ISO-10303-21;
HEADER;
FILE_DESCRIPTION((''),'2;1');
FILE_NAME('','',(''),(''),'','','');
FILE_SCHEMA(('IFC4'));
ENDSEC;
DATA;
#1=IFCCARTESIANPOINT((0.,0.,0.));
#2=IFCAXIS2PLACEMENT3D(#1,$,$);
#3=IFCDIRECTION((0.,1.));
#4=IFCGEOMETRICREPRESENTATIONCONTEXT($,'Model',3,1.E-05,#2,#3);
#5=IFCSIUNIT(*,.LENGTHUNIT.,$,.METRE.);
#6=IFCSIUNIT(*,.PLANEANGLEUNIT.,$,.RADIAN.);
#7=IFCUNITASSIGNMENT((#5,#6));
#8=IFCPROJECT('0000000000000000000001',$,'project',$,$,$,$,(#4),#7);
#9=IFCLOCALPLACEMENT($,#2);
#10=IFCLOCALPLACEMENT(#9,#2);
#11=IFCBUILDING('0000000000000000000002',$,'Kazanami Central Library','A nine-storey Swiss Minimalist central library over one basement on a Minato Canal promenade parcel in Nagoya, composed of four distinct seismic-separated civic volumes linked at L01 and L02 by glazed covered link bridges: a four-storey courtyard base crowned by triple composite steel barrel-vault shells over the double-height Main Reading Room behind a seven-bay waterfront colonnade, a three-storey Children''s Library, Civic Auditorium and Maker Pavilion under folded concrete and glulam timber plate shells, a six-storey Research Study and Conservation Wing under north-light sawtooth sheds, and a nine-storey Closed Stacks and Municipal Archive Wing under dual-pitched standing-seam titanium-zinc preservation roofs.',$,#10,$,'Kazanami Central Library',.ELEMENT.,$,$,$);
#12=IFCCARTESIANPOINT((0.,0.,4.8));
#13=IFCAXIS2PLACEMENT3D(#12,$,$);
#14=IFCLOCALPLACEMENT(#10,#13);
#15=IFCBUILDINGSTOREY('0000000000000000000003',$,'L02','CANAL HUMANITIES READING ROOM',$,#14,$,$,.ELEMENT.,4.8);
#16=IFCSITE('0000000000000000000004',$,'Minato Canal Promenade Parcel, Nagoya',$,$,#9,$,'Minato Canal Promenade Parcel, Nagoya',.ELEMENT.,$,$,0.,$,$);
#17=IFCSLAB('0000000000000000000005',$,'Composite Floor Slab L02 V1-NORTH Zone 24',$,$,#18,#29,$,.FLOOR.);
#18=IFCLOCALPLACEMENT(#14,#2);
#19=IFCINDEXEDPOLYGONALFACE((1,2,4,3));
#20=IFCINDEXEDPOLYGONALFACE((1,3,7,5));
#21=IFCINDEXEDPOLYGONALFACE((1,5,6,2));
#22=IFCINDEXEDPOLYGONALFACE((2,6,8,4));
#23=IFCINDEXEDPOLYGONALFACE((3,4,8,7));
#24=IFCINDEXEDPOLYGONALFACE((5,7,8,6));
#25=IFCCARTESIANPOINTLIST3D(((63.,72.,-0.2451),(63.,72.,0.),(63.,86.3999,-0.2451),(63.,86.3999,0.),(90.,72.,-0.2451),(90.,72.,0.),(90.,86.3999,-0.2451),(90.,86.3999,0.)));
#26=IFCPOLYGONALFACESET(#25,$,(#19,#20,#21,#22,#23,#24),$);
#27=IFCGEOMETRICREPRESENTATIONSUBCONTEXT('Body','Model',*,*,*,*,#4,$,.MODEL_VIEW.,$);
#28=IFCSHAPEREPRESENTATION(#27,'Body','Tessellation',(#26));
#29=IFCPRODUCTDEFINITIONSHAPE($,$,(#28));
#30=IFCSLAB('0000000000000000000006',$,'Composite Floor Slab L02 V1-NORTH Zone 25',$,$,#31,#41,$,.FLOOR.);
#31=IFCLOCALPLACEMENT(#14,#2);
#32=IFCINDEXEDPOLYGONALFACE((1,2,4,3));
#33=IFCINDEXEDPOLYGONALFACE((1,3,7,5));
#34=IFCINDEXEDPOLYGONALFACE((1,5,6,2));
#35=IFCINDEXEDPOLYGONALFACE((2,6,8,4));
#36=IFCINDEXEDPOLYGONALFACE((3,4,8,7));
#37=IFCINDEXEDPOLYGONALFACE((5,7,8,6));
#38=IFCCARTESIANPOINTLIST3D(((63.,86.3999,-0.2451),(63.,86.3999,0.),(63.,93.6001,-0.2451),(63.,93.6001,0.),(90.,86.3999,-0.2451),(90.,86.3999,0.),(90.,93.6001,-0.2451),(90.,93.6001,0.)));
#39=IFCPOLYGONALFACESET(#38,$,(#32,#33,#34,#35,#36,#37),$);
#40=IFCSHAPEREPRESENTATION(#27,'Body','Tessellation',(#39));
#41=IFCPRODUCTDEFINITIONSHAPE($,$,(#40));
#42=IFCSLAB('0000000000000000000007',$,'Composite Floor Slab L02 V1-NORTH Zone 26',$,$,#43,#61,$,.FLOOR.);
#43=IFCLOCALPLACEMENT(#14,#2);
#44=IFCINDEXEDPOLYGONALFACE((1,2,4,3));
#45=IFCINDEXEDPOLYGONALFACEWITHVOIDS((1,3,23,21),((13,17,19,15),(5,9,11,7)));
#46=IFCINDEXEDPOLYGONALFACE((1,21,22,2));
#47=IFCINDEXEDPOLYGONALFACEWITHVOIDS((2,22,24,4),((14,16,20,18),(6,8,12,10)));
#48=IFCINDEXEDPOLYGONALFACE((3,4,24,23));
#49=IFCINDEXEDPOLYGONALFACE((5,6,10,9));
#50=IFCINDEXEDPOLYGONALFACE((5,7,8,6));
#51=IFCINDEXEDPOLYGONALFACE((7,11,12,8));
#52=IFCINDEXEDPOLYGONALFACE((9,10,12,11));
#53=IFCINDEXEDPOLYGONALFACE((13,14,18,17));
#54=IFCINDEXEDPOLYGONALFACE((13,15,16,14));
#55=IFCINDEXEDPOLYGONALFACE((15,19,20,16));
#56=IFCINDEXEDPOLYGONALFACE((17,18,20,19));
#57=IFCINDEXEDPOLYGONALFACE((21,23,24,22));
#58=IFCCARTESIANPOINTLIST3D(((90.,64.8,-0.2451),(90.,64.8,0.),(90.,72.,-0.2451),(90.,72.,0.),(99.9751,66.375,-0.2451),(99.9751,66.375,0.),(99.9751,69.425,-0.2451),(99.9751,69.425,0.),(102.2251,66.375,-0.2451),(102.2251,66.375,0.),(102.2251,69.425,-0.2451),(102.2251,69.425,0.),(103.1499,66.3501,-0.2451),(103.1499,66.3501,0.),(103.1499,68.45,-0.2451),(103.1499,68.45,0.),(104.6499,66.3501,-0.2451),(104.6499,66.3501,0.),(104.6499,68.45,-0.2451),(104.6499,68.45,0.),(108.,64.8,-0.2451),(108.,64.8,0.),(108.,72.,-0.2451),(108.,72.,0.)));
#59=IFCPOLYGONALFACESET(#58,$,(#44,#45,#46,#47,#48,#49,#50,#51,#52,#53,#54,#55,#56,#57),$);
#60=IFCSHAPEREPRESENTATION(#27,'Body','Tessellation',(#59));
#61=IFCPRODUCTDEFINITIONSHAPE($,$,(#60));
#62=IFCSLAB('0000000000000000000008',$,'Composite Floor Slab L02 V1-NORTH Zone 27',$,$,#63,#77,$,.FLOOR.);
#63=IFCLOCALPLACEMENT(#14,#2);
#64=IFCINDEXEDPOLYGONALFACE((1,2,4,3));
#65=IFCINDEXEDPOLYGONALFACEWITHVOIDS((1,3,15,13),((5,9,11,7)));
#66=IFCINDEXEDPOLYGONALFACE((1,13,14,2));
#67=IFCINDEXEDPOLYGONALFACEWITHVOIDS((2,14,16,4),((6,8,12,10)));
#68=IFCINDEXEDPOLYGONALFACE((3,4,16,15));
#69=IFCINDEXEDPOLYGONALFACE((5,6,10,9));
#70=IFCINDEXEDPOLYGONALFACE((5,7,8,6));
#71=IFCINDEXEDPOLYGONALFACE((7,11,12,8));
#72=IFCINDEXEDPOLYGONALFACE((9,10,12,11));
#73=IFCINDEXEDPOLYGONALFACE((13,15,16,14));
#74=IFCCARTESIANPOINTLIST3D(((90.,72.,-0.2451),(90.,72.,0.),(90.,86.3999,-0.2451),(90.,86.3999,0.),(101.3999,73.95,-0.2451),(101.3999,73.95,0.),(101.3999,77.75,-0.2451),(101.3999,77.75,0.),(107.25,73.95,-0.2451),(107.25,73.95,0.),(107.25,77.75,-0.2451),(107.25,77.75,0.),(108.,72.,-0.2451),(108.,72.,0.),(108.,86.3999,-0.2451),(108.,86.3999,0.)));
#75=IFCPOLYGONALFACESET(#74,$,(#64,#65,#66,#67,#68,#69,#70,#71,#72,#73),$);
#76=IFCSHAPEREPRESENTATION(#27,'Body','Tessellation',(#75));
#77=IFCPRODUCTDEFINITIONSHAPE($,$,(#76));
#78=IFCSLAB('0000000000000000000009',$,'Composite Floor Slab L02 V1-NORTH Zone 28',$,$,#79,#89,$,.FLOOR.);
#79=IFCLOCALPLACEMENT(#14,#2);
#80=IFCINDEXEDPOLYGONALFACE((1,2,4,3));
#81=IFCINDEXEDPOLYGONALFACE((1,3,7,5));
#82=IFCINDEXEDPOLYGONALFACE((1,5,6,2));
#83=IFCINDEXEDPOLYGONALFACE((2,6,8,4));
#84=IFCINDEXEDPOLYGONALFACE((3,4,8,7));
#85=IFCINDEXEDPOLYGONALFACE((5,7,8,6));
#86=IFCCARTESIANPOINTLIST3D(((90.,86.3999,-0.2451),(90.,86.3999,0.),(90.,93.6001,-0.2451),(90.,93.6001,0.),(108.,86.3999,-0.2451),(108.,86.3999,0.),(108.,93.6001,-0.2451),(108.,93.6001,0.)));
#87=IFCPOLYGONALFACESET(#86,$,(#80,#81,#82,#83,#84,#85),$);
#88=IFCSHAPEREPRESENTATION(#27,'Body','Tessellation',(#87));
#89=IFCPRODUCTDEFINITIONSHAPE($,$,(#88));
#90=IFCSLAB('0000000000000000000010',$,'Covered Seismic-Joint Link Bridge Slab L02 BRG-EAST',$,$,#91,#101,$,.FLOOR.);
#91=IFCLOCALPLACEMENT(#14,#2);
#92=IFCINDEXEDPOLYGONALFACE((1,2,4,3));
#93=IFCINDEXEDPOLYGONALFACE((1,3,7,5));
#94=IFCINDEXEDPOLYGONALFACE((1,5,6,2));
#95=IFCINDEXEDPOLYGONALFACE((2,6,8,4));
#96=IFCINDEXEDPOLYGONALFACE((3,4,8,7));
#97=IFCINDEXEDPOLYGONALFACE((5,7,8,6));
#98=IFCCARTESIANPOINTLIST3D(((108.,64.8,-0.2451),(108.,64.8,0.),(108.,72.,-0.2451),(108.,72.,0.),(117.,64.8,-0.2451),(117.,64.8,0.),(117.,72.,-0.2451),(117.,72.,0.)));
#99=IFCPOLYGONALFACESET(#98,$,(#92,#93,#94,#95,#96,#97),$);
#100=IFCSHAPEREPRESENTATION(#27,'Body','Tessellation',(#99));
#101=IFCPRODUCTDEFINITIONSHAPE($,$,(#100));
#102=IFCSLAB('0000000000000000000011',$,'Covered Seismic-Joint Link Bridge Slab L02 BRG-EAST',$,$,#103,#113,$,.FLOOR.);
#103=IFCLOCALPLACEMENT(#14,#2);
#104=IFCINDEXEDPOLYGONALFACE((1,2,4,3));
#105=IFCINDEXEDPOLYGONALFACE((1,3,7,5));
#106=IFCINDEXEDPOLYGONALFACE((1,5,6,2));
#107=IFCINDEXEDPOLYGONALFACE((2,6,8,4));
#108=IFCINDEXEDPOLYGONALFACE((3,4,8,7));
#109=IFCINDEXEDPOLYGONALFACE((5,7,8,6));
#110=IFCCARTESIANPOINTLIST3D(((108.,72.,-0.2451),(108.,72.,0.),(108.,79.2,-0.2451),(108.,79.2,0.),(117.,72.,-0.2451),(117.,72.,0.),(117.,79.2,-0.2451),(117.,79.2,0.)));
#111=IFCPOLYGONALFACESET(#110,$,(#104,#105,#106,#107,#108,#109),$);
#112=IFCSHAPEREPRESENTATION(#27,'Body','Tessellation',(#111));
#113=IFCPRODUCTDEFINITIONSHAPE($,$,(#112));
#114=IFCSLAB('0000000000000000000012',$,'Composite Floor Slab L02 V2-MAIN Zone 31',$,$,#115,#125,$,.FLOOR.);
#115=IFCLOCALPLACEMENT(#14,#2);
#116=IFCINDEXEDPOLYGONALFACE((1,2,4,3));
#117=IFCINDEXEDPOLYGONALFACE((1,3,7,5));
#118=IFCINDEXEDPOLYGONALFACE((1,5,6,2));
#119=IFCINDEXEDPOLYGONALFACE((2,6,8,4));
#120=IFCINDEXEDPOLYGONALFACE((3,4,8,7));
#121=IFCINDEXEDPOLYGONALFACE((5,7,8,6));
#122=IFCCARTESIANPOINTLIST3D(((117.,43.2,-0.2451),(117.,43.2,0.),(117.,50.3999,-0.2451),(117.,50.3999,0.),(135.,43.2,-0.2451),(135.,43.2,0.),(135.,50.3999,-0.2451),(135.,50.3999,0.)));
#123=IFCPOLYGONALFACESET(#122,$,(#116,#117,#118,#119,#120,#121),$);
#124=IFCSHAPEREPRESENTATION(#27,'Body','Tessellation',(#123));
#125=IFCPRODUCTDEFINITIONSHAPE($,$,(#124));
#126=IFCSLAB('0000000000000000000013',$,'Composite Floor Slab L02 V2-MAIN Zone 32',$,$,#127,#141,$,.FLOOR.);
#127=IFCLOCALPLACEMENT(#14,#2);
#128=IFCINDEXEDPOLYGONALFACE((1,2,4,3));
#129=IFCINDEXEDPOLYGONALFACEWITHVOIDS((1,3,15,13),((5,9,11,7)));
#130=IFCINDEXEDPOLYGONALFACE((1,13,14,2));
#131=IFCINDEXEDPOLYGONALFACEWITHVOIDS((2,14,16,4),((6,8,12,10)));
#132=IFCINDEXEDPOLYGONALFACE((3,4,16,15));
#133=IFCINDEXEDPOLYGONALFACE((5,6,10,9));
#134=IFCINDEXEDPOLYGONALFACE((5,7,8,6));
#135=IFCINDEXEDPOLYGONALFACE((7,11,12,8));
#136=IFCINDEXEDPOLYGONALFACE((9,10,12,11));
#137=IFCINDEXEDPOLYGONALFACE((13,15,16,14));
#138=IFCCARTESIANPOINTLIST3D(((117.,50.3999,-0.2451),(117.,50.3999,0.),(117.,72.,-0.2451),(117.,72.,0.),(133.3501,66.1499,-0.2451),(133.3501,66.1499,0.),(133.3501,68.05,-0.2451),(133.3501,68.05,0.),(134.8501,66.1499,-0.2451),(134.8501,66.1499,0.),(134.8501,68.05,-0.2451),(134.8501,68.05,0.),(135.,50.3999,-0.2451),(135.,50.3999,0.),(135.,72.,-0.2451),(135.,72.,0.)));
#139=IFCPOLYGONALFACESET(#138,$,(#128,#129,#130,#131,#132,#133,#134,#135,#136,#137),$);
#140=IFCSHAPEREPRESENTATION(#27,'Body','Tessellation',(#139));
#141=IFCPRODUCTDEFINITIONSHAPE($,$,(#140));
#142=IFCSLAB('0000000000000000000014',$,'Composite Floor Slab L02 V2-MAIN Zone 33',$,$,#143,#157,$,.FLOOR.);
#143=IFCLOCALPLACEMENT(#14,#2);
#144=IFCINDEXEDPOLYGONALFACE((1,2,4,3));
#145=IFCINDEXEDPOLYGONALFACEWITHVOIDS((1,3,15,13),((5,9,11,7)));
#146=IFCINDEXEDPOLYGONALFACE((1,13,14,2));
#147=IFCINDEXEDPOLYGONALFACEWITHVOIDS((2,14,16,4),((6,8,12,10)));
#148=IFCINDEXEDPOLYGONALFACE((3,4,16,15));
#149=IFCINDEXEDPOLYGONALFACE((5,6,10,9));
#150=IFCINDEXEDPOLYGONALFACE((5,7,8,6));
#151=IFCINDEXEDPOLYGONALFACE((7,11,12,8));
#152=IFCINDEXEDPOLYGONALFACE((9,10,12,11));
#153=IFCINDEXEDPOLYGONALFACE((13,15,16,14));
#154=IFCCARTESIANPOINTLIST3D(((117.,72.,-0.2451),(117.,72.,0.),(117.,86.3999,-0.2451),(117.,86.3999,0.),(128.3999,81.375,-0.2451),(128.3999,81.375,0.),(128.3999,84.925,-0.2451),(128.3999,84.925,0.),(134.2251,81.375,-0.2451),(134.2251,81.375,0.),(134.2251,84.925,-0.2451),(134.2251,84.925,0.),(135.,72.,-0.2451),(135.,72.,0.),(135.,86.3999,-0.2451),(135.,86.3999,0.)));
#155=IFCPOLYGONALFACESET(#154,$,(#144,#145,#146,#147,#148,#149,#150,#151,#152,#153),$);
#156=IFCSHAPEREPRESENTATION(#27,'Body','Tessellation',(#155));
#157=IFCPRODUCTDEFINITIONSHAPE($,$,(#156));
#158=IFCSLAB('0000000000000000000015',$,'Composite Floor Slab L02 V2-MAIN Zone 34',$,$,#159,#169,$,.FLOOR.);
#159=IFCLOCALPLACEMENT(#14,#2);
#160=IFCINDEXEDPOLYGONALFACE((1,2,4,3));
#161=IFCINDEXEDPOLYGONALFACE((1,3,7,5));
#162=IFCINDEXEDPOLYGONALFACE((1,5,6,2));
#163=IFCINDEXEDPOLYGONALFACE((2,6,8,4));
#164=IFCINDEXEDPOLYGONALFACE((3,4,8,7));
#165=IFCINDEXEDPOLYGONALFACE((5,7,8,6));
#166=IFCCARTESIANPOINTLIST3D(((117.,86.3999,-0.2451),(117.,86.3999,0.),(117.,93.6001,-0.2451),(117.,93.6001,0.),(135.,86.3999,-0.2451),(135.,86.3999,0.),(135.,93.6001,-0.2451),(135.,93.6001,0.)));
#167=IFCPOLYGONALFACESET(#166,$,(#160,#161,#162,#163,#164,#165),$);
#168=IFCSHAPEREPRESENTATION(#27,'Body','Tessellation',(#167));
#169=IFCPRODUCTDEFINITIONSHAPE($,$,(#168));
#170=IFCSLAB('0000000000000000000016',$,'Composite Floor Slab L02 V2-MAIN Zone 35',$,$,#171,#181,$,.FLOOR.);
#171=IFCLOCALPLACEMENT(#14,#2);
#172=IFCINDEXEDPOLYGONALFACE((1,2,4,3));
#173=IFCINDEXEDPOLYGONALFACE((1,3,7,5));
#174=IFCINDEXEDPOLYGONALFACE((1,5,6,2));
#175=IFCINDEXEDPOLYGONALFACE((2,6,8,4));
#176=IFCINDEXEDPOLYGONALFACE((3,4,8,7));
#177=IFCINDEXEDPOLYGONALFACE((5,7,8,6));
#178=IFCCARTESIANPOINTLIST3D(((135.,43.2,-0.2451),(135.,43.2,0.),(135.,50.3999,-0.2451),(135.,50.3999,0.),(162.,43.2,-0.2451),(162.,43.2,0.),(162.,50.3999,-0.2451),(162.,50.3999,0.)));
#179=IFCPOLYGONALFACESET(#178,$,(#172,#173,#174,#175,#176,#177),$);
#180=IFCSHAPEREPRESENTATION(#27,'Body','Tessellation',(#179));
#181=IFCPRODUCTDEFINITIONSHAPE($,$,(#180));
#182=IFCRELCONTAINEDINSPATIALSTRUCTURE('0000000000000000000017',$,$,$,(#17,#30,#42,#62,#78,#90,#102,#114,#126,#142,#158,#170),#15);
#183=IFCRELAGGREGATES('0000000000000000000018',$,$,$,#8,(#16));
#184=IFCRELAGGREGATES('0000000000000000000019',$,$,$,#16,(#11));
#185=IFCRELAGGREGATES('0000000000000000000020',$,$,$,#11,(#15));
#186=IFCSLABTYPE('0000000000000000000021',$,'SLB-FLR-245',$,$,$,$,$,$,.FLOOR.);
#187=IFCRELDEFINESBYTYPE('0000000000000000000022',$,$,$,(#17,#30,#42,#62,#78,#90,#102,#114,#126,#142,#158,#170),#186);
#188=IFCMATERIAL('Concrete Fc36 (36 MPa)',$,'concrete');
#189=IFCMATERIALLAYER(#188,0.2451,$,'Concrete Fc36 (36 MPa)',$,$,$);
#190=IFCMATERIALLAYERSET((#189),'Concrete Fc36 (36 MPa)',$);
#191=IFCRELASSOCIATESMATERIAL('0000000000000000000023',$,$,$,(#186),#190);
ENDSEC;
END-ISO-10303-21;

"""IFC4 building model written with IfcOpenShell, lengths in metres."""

from ifc_helpers import new_model, si_unit, direction, frame, origin, place, context, subcontext, project, spatial, polyline, outline, extrude, material, layer, layer_set, type_object, element, save


model = new_model("IFC4")

# Units and contexts
model_context = context("Model", 3, precision=1e-05, world=origin(), true_north=direction((0.0, 1.0)))
body_context = subcontext(model_context, "Body", "Model", "MODEL_VIEW")
ifc_project = project(units=[si_unit("LENGTHUNIT", "METRE"), si_unit("PLANEANGLEUNIT", "RADIAN")], contexts=[model_context])

# Site, building, storey
site_placement = place(None, origin())
site = spatial("IfcSite", under=ifc_project, at=site_placement, Name="Minato Canal Promenade Parcel, Nagoya", LongName="Minato Canal Promenade Parcel, Nagoya", CompositionType="ELEMENT", RefElevation=0.0)
building_placement = place(site_placement, origin())
building = spatial("IfcBuilding", under=site, at=building_placement, Name="Kazanami Central Library", Description="A nine-storey Swiss Minimalist central library over one basement on a Minato Canal promenade parcel in Nagoya, composed of four distinct seismic-separated civic volumes linked at L01 and L02 by glazed covered link bridges: a four-storey courtyard base crowned by triple composite steel barrel-vault shells over the double-height Main Reading Room behind a seven-bay waterfront colonnade, a three-storey Children's Library, Civic Auditorium and Maker Pavilion under folded concrete and glulam timber plate shells, a six-storey Research Study and Conservation Wing under north-light sawtooth sheds, and a nine-storey Closed Stacks and Municipal Archive Wing under dual-pitched standing-seam titanium-zinc preservation roofs.", LongName="Kazanami Central Library", CompositionType="ELEMENT")
storey_placement = place(building_placement, frame((0.0, 0.0, 4.8)))
storey = spatial("IfcBuildingStorey", under=building, at=storey_placement, Name="L02", Description="CANAL HUMANITIES READING ROOM", CompositionType="ELEMENT", Elevation=4.8)

# Slabs
ifc_material_1 = material(Name="Concrete Fc36 (36 MPa)", Category="concrete")
ifc_layer = layer(ifc_material_1, 0.2451, Name="Concrete Fc36 (36 MPa)")
ifc_layer_set = layer_set([ifc_layer], Name="Concrete Fc36 (36 MPa)")
slab_type = type_object("IfcSlabType", Name="SLB-FLR-245", PredefinedType="FLOOR", material=ifc_layer_set)
slab_1_placement = place(storey_placement, frame((0.0, 0.0, -0.2451)))
element("IfcSlab", 1, at=slab_1_placement, inside=storey, type_object=slab_type, Name="Composite Floor Slab L02 V1-NORTH Zone 24", PredefinedType="FLOOR", context=body_context, shape_type="SweptSolid", body=[
    extrude(outline(polyline([(63.0, 72.0), (90.0, 72.0), (90.0, 86.3999), (63.0, 86.3999), (63.0, 72.0)])), origin(), (0.0, 0.0, 1.0), 0.2451),
])
slab_2_placement = place(storey_placement, frame((0.0, 0.0, -0.2451)))
element("IfcSlab", 2, at=slab_2_placement, inside=storey, type_object=slab_type, Name="Composite Floor Slab L02 V1-NORTH Zone 25", PredefinedType="FLOOR", context=body_context, shape_type="SweptSolid", body=[
    extrude(outline(polyline([(63.0, 86.3999), (90.0, 86.3999), (90.0, 93.6001), (63.0, 93.6001), (63.0, 86.3999)])), origin(), (0.0, 0.0, 1.0), 0.2451),
])
slab_3_placement = place(storey_placement, frame((0.0, 0.0, -0.2451)))
element("IfcSlab", 3, at=slab_3_placement, inside=storey, type_object=slab_type, Name="Composite Floor Slab L02 V1-NORTH Zone 26", PredefinedType="FLOOR", context=body_context, shape_type="SweptSolid", body=[
    extrude(outline(polyline([(90.0, 64.8), (108.0, 64.8), (108.0, 72.0), (90.0, 72.0), (90.0, 64.8)]), holes=[polyline([(99.9751, 66.375), (102.2251, 66.375), (102.2251, 69.425), (99.9751, 69.425), (99.9751, 66.375)]), polyline([(103.1499, 66.3501), (104.6499, 66.3501), (104.6499, 68.45), (103.1499, 68.45), (103.1499, 66.3501)])]), origin(), (0.0, 0.0, 1.0), 0.2451),
])
slab_4_placement = place(storey_placement, frame((0.0, 0.0, -0.2451)))
element("IfcSlab", 4, at=slab_4_placement, inside=storey, type_object=slab_type, Name="Composite Floor Slab L02 V1-NORTH Zone 27", PredefinedType="FLOOR", context=body_context, shape_type="SweptSolid", body=[
    extrude(outline(polyline([(90.0, 72.0), (108.0, 72.0), (108.0, 86.3999), (90.0, 86.3999), (90.0, 72.0)]), holes=[polyline([(101.3999, 73.95), (107.25, 73.95), (107.25, 77.75), (101.3999, 77.75), (101.3999, 73.95)])]), origin(), (0.0, 0.0, 1.0), 0.2451),
])
slab_5_placement = place(storey_placement, frame((0.0, 0.0, -0.2451)))
element("IfcSlab", 5, at=slab_5_placement, inside=storey, type_object=slab_type, Name="Composite Floor Slab L02 V1-NORTH Zone 28", PredefinedType="FLOOR", context=body_context, shape_type="SweptSolid", body=[
    extrude(outline(polyline([(90.0, 86.3999), (108.0, 86.3999), (108.0, 93.6001), (90.0, 93.6001), (90.0, 86.3999)])), origin(), (0.0, 0.0, 1.0), 0.2451),
])
slab_6_placement = place(storey_placement, frame((0.0, 0.0, -0.2451)))
element("IfcSlab", 6, at=slab_6_placement, inside=storey, type_object=slab_type, Name="Covered Seismic-Joint Link Bridge Slab L02 BRG-EAST", PredefinedType="FLOOR", context=body_context, shape_type="SweptSolid", body=[
    extrude(outline(polyline([(108.0, 64.8), (117.0, 64.8), (117.0, 72.0), (108.0, 72.0), (108.0, 64.8)])), origin(), (0.0, 0.0, 1.0), 0.2451),
])
slab_7_placement = place(storey_placement, frame((0.0, 0.0, -0.2451)))
element("IfcSlab", 7, at=slab_7_placement, inside=storey, type_object=slab_type, Name="Covered Seismic-Joint Link Bridge Slab L02 BRG-EAST", PredefinedType="FLOOR", context=body_context, shape_type="SweptSolid", body=[
    extrude(outline(polyline([(108.0, 72.0), (117.0, 72.0), (117.0, 79.2), (108.0, 79.2), (108.0, 72.0)])), origin(), (0.0, 0.0, 1.0), 0.2451),
])
slab_8_placement = place(storey_placement, frame((0.0, 0.0, -0.2451)))
element("IfcSlab", 8, at=slab_8_placement, inside=storey, type_object=slab_type, Name="Composite Floor Slab L02 V2-MAIN Zone 31", PredefinedType="FLOOR", context=body_context, shape_type="SweptSolid", body=[
    extrude(outline(polyline([(117.0, 43.2), (135.0, 43.2), (135.0, 50.3999), (117.0, 50.3999), (117.0, 43.2)])), origin(), (0.0, 0.0, 1.0), 0.2451),
])
slab_9_placement = place(storey_placement, frame((0.0, 0.0, -0.2451)))
element("IfcSlab", 9, at=slab_9_placement, inside=storey, type_object=slab_type, Name="Composite Floor Slab L02 V2-MAIN Zone 32", PredefinedType="FLOOR", context=body_context, shape_type="SweptSolid", body=[
    extrude(outline(polyline([(117.0, 50.3999), (135.0, 50.3999), (135.0, 72.0), (117.0, 72.0), (117.0, 50.3999)]), holes=[polyline([(133.3501, 66.1499), (134.8501, 66.1499), (134.8501, 68.05), (133.3501, 68.05), (133.3501, 66.1499)])]), origin(), (0.0, 0.0, 1.0), 0.2451),
])
slab_10_placement = place(storey_placement, frame((0.0, 0.0, -0.2451)))
element("IfcSlab", 10, at=slab_10_placement, inside=storey, type_object=slab_type, Name="Composite Floor Slab L02 V2-MAIN Zone 33", PredefinedType="FLOOR", context=body_context, shape_type="SweptSolid", body=[
    extrude(outline(polyline([(117.0, 72.0), (135.0, 72.0), (135.0, 86.3999), (117.0, 86.3999), (117.0, 72.0)]), holes=[polyline([(128.3999, 81.375), (134.2251, 81.375), (134.2251, 84.925), (128.3999, 84.925), (128.3999, 81.375)])]), origin(), (0.0, 0.0, 1.0), 0.2451),
])
slab_11_placement = place(storey_placement, frame((0.0, 0.0, -0.2451)))
element("IfcSlab", 11, at=slab_11_placement, inside=storey, type_object=slab_type, Name="Composite Floor Slab L02 V2-MAIN Zone 34", PredefinedType="FLOOR", context=body_context, shape_type="SweptSolid", body=[
    extrude(outline(polyline([(117.0, 86.3999), (135.0, 86.3999), (135.0, 93.6001), (117.0, 93.6001), (117.0, 86.3999)])), origin(), (0.0, 0.0, 1.0), 0.2451),
])
slab_12_placement = place(storey_placement, frame((0.0, 0.0, -0.2451)))
element("IfcSlab", 12, at=slab_12_placement, inside=storey, type_object=slab_type, Name="Composite Floor Slab L02 V2-MAIN Zone 35", PredefinedType="FLOOR", context=body_context, shape_type="SweptSolid", body=[
    extrude(outline(polyline([(135.0, 43.2), (162.0, 43.2), (162.0, 50.3999), (135.0, 50.3999), (135.0, 43.2)])), origin(), (0.0, 0.0, 1.0), 0.2451),
])

save(model, "model.ifc")
